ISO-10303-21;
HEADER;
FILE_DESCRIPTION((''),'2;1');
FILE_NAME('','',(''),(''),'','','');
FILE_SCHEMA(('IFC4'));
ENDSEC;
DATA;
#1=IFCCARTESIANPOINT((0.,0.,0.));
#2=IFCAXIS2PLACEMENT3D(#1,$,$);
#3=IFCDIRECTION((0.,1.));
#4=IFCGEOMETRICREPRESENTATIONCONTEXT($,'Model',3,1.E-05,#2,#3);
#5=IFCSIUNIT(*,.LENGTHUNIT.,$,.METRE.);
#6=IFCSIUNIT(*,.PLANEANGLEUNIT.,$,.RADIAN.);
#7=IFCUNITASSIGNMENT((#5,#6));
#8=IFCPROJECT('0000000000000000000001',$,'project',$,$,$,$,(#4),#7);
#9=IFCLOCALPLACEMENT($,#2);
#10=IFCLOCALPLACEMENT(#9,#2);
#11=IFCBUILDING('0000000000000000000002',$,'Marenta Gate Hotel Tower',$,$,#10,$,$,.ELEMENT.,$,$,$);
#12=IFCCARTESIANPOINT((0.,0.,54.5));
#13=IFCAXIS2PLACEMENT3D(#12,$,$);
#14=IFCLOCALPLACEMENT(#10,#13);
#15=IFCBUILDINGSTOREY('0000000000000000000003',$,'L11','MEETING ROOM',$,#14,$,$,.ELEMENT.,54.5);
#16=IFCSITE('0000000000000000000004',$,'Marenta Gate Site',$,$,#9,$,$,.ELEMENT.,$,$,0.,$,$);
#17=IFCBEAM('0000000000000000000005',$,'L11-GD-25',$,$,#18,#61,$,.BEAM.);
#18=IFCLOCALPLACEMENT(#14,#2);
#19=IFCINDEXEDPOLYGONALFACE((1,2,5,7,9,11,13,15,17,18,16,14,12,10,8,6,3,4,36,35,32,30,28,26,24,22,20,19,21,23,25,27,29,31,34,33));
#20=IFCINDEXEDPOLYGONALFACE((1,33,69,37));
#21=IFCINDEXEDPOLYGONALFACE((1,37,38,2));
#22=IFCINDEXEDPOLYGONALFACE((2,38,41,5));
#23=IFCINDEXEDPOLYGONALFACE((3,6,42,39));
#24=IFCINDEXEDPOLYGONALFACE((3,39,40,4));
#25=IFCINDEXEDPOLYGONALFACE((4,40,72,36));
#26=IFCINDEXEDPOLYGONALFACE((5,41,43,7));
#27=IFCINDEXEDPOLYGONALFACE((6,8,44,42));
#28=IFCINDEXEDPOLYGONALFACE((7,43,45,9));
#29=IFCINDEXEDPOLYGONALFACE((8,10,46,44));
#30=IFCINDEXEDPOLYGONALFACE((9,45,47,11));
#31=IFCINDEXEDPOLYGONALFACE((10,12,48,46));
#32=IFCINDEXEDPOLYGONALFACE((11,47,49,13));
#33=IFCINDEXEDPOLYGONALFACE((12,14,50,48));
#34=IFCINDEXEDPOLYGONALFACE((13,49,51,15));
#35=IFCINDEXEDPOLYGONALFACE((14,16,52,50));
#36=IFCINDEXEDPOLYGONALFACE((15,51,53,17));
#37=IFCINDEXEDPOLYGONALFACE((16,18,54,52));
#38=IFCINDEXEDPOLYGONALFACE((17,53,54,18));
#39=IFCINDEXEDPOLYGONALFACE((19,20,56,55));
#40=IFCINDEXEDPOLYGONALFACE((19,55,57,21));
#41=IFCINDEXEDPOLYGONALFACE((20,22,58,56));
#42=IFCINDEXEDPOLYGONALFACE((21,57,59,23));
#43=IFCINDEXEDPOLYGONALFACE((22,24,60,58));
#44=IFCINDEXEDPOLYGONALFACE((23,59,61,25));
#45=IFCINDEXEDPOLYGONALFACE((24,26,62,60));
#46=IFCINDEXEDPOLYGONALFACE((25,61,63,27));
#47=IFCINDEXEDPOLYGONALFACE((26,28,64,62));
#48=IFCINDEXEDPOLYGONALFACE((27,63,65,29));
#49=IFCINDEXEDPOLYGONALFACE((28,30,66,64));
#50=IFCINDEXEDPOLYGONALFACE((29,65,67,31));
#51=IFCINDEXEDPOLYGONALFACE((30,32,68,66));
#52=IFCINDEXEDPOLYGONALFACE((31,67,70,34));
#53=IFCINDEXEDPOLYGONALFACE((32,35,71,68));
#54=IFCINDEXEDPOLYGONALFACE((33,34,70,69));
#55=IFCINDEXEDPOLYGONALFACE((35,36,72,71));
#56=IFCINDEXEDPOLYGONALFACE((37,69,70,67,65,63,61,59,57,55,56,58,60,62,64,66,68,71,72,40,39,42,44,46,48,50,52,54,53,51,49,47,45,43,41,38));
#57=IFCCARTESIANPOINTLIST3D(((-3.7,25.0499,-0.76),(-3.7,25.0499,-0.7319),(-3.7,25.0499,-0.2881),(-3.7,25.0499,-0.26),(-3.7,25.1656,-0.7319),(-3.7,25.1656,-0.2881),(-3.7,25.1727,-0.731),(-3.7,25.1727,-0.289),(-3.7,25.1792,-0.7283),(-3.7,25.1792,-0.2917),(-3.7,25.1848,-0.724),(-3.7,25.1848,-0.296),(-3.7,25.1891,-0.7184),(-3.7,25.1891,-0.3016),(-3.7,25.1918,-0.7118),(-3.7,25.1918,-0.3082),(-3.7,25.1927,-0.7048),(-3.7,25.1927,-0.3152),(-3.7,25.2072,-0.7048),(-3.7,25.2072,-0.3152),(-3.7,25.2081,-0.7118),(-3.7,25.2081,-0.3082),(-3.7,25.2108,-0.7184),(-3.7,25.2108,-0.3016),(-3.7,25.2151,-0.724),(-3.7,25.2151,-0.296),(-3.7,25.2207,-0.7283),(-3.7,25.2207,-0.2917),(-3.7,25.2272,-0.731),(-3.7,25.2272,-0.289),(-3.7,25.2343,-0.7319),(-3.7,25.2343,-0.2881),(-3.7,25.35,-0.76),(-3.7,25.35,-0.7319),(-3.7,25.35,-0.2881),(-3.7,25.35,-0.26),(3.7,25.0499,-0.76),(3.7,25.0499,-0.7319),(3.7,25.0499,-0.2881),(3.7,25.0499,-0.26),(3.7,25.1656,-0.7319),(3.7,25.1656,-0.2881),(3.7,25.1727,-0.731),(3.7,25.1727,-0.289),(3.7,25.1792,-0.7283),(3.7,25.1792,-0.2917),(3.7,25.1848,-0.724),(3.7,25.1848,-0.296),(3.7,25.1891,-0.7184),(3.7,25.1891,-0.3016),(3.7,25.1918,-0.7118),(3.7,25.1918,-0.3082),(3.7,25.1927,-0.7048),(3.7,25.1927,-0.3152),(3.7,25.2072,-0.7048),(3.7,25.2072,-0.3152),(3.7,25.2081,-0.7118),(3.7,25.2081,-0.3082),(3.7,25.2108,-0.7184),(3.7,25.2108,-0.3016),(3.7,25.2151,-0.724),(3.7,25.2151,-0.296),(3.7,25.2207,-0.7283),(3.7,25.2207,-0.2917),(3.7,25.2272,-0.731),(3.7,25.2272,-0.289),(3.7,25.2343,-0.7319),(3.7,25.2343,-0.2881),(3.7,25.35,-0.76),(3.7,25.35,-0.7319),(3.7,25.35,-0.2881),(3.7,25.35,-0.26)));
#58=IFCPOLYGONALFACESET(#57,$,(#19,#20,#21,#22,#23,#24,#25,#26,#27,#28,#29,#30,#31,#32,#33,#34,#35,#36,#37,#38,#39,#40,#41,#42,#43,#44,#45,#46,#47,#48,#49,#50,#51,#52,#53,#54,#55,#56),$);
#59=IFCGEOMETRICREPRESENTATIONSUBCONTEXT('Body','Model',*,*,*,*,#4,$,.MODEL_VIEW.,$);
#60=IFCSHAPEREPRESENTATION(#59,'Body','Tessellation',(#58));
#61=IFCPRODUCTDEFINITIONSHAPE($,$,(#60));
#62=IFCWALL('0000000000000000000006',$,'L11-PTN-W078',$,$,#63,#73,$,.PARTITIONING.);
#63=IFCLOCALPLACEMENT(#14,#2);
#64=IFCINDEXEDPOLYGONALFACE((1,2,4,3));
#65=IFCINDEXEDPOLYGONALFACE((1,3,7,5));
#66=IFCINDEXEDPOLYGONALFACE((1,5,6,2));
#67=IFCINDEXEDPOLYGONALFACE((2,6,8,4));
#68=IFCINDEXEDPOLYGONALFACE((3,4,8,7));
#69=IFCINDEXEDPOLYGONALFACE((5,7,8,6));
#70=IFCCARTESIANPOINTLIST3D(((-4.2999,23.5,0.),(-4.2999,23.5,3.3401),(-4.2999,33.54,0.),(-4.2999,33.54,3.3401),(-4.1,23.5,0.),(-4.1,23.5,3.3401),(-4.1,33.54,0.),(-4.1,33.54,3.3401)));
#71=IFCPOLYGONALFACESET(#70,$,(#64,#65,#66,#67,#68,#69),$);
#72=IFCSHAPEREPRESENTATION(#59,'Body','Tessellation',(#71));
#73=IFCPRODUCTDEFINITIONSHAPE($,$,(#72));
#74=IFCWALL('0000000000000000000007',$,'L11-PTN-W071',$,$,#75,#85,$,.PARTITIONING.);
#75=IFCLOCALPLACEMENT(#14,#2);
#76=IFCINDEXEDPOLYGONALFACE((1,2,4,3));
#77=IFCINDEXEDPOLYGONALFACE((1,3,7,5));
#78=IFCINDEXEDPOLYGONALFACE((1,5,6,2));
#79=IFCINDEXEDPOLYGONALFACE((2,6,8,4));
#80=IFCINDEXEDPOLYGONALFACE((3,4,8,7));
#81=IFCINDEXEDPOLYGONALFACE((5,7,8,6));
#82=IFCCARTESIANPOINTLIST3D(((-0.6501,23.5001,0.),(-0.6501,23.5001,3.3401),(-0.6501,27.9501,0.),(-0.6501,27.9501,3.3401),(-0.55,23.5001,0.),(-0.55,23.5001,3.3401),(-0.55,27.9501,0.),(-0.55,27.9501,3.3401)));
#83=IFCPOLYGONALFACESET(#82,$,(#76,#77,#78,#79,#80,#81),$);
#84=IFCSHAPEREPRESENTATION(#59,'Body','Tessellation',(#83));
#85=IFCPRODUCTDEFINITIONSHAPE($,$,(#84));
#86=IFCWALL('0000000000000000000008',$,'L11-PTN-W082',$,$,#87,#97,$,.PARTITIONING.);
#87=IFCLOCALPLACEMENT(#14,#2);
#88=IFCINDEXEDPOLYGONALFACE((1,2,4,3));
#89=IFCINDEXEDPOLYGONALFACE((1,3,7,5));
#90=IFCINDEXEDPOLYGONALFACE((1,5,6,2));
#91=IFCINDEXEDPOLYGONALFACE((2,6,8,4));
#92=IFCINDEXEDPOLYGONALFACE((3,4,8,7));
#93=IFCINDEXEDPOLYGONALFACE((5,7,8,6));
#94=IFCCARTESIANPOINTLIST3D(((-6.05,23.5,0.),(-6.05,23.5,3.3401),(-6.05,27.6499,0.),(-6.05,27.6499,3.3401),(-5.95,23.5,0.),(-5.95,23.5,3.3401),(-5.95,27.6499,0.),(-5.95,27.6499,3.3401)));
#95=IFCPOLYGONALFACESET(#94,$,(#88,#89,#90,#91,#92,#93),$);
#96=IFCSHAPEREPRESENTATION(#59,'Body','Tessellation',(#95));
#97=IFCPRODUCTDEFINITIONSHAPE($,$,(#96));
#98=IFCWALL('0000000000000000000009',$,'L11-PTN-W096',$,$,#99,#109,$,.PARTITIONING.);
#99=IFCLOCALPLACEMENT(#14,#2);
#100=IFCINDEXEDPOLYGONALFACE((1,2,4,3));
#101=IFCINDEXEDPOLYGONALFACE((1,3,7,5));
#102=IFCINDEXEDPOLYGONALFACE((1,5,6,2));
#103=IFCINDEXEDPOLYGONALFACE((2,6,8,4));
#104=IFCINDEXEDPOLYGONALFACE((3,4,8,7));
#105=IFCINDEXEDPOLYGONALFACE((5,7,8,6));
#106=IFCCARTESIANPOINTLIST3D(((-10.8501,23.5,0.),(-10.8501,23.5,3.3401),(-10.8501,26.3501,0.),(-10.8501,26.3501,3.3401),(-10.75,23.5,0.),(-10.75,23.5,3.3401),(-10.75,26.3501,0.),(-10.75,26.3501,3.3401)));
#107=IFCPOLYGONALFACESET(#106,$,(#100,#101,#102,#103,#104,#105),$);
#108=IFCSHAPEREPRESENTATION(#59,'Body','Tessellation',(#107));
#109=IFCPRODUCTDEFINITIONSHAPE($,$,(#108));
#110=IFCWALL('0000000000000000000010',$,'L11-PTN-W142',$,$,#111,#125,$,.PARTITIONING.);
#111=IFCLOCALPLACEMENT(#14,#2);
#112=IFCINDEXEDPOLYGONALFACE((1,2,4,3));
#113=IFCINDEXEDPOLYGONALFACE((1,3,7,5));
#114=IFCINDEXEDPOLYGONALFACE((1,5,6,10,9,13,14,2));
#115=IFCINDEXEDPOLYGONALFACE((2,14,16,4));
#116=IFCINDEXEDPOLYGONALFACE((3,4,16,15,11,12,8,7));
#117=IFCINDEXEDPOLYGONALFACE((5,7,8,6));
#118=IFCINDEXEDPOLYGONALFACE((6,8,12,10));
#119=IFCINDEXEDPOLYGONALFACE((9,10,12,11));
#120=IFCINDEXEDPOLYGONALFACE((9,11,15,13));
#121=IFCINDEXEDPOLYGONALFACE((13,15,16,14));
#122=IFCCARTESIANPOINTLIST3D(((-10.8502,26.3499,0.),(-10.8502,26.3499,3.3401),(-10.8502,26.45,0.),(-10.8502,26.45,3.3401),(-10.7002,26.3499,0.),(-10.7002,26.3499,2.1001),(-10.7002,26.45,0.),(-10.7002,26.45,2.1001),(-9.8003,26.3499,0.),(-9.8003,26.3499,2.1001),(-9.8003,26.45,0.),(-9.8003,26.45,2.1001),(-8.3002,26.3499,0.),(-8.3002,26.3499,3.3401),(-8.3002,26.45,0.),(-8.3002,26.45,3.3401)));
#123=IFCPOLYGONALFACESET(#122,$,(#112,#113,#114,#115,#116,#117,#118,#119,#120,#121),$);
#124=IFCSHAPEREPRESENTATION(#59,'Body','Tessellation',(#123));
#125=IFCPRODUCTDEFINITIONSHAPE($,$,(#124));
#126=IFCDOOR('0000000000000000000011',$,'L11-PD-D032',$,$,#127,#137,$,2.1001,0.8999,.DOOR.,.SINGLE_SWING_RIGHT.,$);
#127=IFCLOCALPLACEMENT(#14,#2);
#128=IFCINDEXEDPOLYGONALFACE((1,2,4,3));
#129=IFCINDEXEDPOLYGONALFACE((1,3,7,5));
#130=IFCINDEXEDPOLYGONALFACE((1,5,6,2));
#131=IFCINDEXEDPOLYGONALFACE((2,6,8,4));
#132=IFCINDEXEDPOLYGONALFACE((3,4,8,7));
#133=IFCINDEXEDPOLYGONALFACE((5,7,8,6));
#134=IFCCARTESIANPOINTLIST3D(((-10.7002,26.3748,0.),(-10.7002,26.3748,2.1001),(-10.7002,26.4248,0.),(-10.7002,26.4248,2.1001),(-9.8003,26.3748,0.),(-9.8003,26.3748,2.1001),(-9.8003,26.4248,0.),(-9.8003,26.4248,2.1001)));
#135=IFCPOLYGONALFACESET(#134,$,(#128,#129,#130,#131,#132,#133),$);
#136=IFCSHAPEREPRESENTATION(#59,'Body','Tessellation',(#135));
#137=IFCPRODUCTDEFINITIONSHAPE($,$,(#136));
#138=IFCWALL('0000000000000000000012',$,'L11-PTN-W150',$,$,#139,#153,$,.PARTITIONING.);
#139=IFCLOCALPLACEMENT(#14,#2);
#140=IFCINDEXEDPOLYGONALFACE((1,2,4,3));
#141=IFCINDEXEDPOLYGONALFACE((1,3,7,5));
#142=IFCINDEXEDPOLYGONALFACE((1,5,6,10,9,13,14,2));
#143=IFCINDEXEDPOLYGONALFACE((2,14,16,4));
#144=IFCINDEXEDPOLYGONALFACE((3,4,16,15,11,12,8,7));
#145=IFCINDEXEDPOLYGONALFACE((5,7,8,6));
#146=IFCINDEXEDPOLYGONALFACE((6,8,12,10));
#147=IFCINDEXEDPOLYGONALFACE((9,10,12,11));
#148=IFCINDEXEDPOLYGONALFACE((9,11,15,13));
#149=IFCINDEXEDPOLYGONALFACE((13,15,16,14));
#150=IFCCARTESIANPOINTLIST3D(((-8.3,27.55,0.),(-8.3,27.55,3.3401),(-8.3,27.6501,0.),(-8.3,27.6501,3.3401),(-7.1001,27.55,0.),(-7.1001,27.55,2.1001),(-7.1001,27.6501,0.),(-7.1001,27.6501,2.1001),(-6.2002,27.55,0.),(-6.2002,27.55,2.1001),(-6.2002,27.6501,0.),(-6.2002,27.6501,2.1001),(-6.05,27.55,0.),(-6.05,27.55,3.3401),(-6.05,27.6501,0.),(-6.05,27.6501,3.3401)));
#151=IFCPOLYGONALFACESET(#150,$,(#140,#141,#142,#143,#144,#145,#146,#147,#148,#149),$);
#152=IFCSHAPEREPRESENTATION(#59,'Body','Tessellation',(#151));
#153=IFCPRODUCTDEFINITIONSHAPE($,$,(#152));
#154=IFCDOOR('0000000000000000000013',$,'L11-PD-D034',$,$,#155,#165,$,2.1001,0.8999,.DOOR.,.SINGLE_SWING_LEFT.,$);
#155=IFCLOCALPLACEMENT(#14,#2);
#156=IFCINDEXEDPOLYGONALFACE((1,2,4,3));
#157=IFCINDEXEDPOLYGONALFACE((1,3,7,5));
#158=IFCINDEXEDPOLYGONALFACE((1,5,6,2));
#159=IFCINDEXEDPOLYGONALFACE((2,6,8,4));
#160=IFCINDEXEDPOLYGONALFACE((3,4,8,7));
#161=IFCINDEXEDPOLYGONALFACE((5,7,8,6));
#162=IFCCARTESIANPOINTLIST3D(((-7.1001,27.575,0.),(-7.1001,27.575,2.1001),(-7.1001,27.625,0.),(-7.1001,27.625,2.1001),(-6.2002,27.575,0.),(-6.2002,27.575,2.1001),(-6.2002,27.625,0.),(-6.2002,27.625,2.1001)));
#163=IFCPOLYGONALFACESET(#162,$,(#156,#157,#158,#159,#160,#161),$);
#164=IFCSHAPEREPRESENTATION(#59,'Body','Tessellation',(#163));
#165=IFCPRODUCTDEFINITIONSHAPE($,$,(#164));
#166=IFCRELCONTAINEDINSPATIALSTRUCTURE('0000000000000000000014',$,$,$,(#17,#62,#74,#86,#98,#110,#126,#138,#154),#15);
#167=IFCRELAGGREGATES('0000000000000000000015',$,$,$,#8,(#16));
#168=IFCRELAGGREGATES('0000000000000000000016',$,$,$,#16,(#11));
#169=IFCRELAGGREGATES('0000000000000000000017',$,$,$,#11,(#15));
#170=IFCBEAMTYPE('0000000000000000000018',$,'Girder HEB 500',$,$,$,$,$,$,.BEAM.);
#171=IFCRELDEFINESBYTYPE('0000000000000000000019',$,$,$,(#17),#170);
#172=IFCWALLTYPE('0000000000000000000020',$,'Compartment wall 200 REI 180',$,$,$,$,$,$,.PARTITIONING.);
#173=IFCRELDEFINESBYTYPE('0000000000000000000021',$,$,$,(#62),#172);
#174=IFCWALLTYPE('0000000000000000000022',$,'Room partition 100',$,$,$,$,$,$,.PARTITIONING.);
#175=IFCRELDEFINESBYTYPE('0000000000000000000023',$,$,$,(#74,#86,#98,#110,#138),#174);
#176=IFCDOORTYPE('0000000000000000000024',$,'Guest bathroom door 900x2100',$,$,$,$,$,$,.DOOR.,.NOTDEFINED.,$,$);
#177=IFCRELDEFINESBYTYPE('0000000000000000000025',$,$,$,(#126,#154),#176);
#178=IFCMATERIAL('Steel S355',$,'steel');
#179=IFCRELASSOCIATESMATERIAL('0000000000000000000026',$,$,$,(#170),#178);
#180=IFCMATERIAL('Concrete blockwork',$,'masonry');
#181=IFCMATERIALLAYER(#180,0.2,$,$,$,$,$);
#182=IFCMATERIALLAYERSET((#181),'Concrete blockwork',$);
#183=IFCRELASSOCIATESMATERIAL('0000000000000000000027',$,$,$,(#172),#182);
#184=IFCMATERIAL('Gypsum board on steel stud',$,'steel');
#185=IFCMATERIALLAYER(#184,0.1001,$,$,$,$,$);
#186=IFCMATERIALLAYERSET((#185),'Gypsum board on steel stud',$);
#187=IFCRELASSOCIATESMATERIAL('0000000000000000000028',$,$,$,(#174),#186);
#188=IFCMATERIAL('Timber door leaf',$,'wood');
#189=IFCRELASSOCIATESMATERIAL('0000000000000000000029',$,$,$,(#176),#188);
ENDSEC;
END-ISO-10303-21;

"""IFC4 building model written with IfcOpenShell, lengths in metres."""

from ifc_helpers import new_model, si_unit, direction, frame, frame_2d, origin, origin_2d, place, context, subcontext, project, spatial, rectangle, i_section, extrude, material, layer, layer_set, material_profile, profile_set, type_object, element, fill, save


model = new_model("IFC4")

# Units and contexts
model_context = context("Model", 3, precision=1e-05, world=origin(), true_north=direction((0.0, 1.0)))
body_context = subcontext(model_context, "Body", "Model", "MODEL_VIEW")
ifc_project = project(units=[si_unit("LENGTHUNIT", "METRE"), si_unit("PLANEANGLEUNIT", "RADIAN")], contexts=[model_context])

# Site, building, storey
site_placement = place(None, origin())
site = spatial("IfcSite", under=ifc_project, at=site_placement, Name="Marenta Gate Site", CompositionType="ELEMENT", RefElevation=0.0)
building_placement = place(site_placement, origin())
building = spatial("IfcBuilding", under=site, at=building_placement, Name="Marenta Gate Hotel Tower", CompositionType="ELEMENT")
storey_placement = place(building_placement, frame((0.0, 0.0, 54.5)))
storey = spatial("IfcBuildingStorey", under=building, at=storey_placement, Name="L11", Description="MEETING ROOM", CompositionType="ELEMENT", Elevation=54.5)

# Beam
ifc_material_1 = material(Name="Steel S355", Category="steel")
ifc_material_profile_1 = material_profile(ifc_material_1, i_section(OverallWidth=0.3, OverallDepth=0.5, WebThickness=0.0144, FlangeThickness=0.0281, FilletRadius=0.0271, at=origin_2d()), Name="HEB 500")
ifc_profile_set_1 = profile_set([ifc_material_profile_1], Name="Steel S355")
beam_type_1 = type_object("IfcBeamType", Name="Girder HEB 500", PredefinedType="BEAM", material=ifc_profile_set_1)
beam_1_placement = place(storey_placement, frame((-3.7, 25.2, -0.51), z_axis=(1.0, 0.0, 0.0), x_axis=(0.0, 1.0, 0.0)))
element("IfcBeam", 1, at=beam_1_placement, inside=storey, type_object=beam_type_1, Name="L11-GD-25", PredefinedType="BEAM", context=body_context, shape_type="SweptSolid", body=[
    extrude(i_section(OverallWidth=0.3, OverallDepth=0.5, WebThickness=0.0144, FlangeThickness=0.0281, FilletRadius=0.0271, at=origin_2d()), origin(), (0.0, 0.0, 1.0), 7.3999),
])

# Walls
ifc_material_2 = material(Name="Concrete blockwork", Category="masonry")
ifc_layer_1 = layer(ifc_material_2, 0.2)
ifc_layer_set_1 = layer_set([ifc_layer_1], Name="Concrete blockwork")
wall_type_1 = type_object("IfcWallType", Name="Compartment wall 200 REI 180", PredefinedType="PARTITIONING", material=ifc_layer_set_1)
wall_1_placement = place(storey_placement, frame((-4.2, 23.5, 0.0), z_axis=(0.0, 0.0, 1.0), x_axis=(0.0, 1.0, 0.0)))
element("IfcWall", 2, at=wall_1_placement, inside=storey, type_object=wall_type_1, Name="L11-PTN-W078", PredefinedType="PARTITIONING", context=body_context, shape_type="SweptSolid", body=[
    extrude(rectangle(XDim=10.04, YDim=0.2, at=frame_2d((5.02, 0.0))), origin(), (0.0, 0.0, 1.0), 3.3401),
])
ifc_material_3 = material(Name="Gypsum board on steel stud", Category="steel")
ifc_layer_2 = layer(ifc_material_3, 0.1001)
ifc_layer_set_2 = layer_set([ifc_layer_2], Name="Gypsum board on steel stud")
wall_type_2 = type_object("IfcWallType", Name="Room partition 100", PredefinedType="PARTITIONING", material=ifc_layer_set_2)
wall_2_placement = place(storey_placement, frame((-0.6001, 23.5, 0.0), z_axis=(0.0, 0.0, 1.0), x_axis=(0.0, 1.0, 0.0)))
element("IfcWall", 3, at=wall_2_placement, inside=storey, type_object=wall_type_2, Name="L11-PTN-W071", PredefinedType="PARTITIONING", context=body_context, shape_type="SweptSolid", body=[
    extrude(rectangle(XDim=4.45, YDim=0.1001, at=frame_2d((2.2251, 0.0))), origin(), (0.0, 0.0, 1.0), 3.3401),
])
wall_3_placement = place(storey_placement, frame((-6.0, 23.5, 0.0), z_axis=(0.0, 0.0, 1.0), x_axis=(0.0, 1.0, 0.0)))
element("IfcWall", 4, at=wall_3_placement, inside=storey, type_object=wall_type_2, Name="L11-PTN-W082", PredefinedType="PARTITIONING", context=body_context, shape_type="SweptSolid", body=[
    extrude(rectangle(XDim=4.1499, YDim=0.1001, at=frame_2d((2.075, 0.0))), origin(), (0.0, 0.0, 1.0), 3.3401),
])
wall_4_placement = place(storey_placement, frame((-10.8, 23.5, 0.0), z_axis=(0.0, 0.0, 1.0), x_axis=(0.0, 1.0, 0.0)))
element("IfcWall", 5, at=wall_4_placement, inside=storey, type_object=wall_type_2, Name="L11-PTN-W096", PredefinedType="PARTITIONING", context=body_context, shape_type="SweptSolid", body=[
    extrude(rectangle(XDim=2.8501, YDim=0.1001, at=frame_2d((1.425, 0.0))), origin(), (0.0, 0.0, 1.0), 3.3401),
])

# Walls, openings, doors
wall_5_placement = place(storey_placement, frame((-10.8501, 26.3999, 0.0), z_axis=(0.0, 0.0, 1.0), x_axis=(1.0, 0.0, 0.0)))
wall_5 = element("IfcWall", 6, at=wall_5_placement, inside=storey, type_object=wall_type_2, Name="L11-PTN-W142", PredefinedType="PARTITIONING", context=body_context, shape_type="SweptSolid", body=[
    extrude(rectangle(XDim=2.55, YDim=0.1001, at=frame_2d((1.2749, 0.0))), origin(), (0.0, 0.0, 1.0), 3.3401),
])
opening_1_placement = place(wall_5_placement, frame((0.1499, 0.0, 0.0)))
opening_1 = element("IfcOpeningElement", 7, at=opening_1_placement, cuts=wall_5, PredefinedType="OPENING", context=body_context, shape_type="SweptSolid", body=[
    extrude(rectangle(XDim=0.8999, YDim=2.1001, at=frame_2d((0.45, 1.05))), frame((0.0, 0.05, 0.0), z_axis=(0.0, -1.0, 0.0), x_axis=(1.0, 0.0, 0.0)), (0.0, 0.0, 1.0), 0.1001),
])
ifc_material_4 = material(Name="Timber door leaf", Category="wood")
door_type = type_object("IfcDoorType", Name="Guest bathroom door 900x2100", OperationType="NOTDEFINED", PredefinedType="DOOR", material=ifc_material_4)
door_1_placement = place(opening_1_placement, origin())
door_1 = element("IfcDoor", 8, at=door_1_placement, inside=storey, type_object=door_type, Name="L11-PD-D032", OperationType="SINGLE_SWING_RIGHT", OverallHeight=2.1001, OverallWidth=0.8999, PredefinedType="DOOR", context=body_context, shape_type="SweptSolid", body=[
    extrude(rectangle(XDim=0.8999, YDim=2.1001, at=frame_2d((0.45, 1.05))), frame((0.0, 0.0249, 0.0), z_axis=(0.0, -1.0, 0.0), x_axis=(1.0, 0.0, 0.0)), (0.0, 0.0, 1.0), 0.05),
])
fill(opening_1, door_1)
wall_6_placement = place(storey_placement, frame((-8.3, 27.6001, 0.0), z_axis=(0.0, 0.0, 1.0), x_axis=(1.0, 0.0, 0.0)))
wall_6 = element("IfcWall", 9, at=wall_6_placement, inside=storey, type_object=wall_type_2, Name="L11-PTN-W150", PredefinedType="PARTITIONING", context=body_context, shape_type="SweptSolid", body=[
    extrude(rectangle(XDim=2.25, YDim=0.1001, at=frame_2d((1.125, 0.0))), origin(), (0.0, 0.0, 1.0), 3.3401),
])
opening_2_placement = place(wall_6_placement, frame((1.2, 0.0, 0.0)))
opening_2 = element("IfcOpeningElement", 10, at=opening_2_placement, cuts=wall_6, PredefinedType="OPENING", context=body_context, shape_type="SweptSolid", body=[
    extrude(rectangle(XDim=0.8999, YDim=2.1001, at=frame_2d((0.45, 1.05))), frame((0.0, 0.05, 0.0), z_axis=(0.0, -1.0, 0.0), x_axis=(1.0, 0.0, 0.0)), (0.0, 0.0, 1.0), 0.1001),
])
door_2_placement = place(opening_2_placement, origin())
door_2 = element("IfcDoor", 11, at=door_2_placement, inside=storey, type_object=door_type, Name="L11-PD-D034", OperationType="SINGLE_SWING_LEFT", OverallHeight=2.1001, OverallWidth=0.8999, PredefinedType="DOOR", context=body_context, shape_type="SweptSolid", body=[
    extrude(rectangle(XDim=0.8999, YDim=2.1001, at=frame_2d((0.45, 1.05))), frame((0.0, 0.0249, 0.0), z_axis=(0.0, -1.0, 0.0), x_axis=(1.0, 0.0, 0.0)), (0.0, 0.0, 1.0), 0.05),
])
fill(opening_2, door_2)

save(model, "model.ifc")
